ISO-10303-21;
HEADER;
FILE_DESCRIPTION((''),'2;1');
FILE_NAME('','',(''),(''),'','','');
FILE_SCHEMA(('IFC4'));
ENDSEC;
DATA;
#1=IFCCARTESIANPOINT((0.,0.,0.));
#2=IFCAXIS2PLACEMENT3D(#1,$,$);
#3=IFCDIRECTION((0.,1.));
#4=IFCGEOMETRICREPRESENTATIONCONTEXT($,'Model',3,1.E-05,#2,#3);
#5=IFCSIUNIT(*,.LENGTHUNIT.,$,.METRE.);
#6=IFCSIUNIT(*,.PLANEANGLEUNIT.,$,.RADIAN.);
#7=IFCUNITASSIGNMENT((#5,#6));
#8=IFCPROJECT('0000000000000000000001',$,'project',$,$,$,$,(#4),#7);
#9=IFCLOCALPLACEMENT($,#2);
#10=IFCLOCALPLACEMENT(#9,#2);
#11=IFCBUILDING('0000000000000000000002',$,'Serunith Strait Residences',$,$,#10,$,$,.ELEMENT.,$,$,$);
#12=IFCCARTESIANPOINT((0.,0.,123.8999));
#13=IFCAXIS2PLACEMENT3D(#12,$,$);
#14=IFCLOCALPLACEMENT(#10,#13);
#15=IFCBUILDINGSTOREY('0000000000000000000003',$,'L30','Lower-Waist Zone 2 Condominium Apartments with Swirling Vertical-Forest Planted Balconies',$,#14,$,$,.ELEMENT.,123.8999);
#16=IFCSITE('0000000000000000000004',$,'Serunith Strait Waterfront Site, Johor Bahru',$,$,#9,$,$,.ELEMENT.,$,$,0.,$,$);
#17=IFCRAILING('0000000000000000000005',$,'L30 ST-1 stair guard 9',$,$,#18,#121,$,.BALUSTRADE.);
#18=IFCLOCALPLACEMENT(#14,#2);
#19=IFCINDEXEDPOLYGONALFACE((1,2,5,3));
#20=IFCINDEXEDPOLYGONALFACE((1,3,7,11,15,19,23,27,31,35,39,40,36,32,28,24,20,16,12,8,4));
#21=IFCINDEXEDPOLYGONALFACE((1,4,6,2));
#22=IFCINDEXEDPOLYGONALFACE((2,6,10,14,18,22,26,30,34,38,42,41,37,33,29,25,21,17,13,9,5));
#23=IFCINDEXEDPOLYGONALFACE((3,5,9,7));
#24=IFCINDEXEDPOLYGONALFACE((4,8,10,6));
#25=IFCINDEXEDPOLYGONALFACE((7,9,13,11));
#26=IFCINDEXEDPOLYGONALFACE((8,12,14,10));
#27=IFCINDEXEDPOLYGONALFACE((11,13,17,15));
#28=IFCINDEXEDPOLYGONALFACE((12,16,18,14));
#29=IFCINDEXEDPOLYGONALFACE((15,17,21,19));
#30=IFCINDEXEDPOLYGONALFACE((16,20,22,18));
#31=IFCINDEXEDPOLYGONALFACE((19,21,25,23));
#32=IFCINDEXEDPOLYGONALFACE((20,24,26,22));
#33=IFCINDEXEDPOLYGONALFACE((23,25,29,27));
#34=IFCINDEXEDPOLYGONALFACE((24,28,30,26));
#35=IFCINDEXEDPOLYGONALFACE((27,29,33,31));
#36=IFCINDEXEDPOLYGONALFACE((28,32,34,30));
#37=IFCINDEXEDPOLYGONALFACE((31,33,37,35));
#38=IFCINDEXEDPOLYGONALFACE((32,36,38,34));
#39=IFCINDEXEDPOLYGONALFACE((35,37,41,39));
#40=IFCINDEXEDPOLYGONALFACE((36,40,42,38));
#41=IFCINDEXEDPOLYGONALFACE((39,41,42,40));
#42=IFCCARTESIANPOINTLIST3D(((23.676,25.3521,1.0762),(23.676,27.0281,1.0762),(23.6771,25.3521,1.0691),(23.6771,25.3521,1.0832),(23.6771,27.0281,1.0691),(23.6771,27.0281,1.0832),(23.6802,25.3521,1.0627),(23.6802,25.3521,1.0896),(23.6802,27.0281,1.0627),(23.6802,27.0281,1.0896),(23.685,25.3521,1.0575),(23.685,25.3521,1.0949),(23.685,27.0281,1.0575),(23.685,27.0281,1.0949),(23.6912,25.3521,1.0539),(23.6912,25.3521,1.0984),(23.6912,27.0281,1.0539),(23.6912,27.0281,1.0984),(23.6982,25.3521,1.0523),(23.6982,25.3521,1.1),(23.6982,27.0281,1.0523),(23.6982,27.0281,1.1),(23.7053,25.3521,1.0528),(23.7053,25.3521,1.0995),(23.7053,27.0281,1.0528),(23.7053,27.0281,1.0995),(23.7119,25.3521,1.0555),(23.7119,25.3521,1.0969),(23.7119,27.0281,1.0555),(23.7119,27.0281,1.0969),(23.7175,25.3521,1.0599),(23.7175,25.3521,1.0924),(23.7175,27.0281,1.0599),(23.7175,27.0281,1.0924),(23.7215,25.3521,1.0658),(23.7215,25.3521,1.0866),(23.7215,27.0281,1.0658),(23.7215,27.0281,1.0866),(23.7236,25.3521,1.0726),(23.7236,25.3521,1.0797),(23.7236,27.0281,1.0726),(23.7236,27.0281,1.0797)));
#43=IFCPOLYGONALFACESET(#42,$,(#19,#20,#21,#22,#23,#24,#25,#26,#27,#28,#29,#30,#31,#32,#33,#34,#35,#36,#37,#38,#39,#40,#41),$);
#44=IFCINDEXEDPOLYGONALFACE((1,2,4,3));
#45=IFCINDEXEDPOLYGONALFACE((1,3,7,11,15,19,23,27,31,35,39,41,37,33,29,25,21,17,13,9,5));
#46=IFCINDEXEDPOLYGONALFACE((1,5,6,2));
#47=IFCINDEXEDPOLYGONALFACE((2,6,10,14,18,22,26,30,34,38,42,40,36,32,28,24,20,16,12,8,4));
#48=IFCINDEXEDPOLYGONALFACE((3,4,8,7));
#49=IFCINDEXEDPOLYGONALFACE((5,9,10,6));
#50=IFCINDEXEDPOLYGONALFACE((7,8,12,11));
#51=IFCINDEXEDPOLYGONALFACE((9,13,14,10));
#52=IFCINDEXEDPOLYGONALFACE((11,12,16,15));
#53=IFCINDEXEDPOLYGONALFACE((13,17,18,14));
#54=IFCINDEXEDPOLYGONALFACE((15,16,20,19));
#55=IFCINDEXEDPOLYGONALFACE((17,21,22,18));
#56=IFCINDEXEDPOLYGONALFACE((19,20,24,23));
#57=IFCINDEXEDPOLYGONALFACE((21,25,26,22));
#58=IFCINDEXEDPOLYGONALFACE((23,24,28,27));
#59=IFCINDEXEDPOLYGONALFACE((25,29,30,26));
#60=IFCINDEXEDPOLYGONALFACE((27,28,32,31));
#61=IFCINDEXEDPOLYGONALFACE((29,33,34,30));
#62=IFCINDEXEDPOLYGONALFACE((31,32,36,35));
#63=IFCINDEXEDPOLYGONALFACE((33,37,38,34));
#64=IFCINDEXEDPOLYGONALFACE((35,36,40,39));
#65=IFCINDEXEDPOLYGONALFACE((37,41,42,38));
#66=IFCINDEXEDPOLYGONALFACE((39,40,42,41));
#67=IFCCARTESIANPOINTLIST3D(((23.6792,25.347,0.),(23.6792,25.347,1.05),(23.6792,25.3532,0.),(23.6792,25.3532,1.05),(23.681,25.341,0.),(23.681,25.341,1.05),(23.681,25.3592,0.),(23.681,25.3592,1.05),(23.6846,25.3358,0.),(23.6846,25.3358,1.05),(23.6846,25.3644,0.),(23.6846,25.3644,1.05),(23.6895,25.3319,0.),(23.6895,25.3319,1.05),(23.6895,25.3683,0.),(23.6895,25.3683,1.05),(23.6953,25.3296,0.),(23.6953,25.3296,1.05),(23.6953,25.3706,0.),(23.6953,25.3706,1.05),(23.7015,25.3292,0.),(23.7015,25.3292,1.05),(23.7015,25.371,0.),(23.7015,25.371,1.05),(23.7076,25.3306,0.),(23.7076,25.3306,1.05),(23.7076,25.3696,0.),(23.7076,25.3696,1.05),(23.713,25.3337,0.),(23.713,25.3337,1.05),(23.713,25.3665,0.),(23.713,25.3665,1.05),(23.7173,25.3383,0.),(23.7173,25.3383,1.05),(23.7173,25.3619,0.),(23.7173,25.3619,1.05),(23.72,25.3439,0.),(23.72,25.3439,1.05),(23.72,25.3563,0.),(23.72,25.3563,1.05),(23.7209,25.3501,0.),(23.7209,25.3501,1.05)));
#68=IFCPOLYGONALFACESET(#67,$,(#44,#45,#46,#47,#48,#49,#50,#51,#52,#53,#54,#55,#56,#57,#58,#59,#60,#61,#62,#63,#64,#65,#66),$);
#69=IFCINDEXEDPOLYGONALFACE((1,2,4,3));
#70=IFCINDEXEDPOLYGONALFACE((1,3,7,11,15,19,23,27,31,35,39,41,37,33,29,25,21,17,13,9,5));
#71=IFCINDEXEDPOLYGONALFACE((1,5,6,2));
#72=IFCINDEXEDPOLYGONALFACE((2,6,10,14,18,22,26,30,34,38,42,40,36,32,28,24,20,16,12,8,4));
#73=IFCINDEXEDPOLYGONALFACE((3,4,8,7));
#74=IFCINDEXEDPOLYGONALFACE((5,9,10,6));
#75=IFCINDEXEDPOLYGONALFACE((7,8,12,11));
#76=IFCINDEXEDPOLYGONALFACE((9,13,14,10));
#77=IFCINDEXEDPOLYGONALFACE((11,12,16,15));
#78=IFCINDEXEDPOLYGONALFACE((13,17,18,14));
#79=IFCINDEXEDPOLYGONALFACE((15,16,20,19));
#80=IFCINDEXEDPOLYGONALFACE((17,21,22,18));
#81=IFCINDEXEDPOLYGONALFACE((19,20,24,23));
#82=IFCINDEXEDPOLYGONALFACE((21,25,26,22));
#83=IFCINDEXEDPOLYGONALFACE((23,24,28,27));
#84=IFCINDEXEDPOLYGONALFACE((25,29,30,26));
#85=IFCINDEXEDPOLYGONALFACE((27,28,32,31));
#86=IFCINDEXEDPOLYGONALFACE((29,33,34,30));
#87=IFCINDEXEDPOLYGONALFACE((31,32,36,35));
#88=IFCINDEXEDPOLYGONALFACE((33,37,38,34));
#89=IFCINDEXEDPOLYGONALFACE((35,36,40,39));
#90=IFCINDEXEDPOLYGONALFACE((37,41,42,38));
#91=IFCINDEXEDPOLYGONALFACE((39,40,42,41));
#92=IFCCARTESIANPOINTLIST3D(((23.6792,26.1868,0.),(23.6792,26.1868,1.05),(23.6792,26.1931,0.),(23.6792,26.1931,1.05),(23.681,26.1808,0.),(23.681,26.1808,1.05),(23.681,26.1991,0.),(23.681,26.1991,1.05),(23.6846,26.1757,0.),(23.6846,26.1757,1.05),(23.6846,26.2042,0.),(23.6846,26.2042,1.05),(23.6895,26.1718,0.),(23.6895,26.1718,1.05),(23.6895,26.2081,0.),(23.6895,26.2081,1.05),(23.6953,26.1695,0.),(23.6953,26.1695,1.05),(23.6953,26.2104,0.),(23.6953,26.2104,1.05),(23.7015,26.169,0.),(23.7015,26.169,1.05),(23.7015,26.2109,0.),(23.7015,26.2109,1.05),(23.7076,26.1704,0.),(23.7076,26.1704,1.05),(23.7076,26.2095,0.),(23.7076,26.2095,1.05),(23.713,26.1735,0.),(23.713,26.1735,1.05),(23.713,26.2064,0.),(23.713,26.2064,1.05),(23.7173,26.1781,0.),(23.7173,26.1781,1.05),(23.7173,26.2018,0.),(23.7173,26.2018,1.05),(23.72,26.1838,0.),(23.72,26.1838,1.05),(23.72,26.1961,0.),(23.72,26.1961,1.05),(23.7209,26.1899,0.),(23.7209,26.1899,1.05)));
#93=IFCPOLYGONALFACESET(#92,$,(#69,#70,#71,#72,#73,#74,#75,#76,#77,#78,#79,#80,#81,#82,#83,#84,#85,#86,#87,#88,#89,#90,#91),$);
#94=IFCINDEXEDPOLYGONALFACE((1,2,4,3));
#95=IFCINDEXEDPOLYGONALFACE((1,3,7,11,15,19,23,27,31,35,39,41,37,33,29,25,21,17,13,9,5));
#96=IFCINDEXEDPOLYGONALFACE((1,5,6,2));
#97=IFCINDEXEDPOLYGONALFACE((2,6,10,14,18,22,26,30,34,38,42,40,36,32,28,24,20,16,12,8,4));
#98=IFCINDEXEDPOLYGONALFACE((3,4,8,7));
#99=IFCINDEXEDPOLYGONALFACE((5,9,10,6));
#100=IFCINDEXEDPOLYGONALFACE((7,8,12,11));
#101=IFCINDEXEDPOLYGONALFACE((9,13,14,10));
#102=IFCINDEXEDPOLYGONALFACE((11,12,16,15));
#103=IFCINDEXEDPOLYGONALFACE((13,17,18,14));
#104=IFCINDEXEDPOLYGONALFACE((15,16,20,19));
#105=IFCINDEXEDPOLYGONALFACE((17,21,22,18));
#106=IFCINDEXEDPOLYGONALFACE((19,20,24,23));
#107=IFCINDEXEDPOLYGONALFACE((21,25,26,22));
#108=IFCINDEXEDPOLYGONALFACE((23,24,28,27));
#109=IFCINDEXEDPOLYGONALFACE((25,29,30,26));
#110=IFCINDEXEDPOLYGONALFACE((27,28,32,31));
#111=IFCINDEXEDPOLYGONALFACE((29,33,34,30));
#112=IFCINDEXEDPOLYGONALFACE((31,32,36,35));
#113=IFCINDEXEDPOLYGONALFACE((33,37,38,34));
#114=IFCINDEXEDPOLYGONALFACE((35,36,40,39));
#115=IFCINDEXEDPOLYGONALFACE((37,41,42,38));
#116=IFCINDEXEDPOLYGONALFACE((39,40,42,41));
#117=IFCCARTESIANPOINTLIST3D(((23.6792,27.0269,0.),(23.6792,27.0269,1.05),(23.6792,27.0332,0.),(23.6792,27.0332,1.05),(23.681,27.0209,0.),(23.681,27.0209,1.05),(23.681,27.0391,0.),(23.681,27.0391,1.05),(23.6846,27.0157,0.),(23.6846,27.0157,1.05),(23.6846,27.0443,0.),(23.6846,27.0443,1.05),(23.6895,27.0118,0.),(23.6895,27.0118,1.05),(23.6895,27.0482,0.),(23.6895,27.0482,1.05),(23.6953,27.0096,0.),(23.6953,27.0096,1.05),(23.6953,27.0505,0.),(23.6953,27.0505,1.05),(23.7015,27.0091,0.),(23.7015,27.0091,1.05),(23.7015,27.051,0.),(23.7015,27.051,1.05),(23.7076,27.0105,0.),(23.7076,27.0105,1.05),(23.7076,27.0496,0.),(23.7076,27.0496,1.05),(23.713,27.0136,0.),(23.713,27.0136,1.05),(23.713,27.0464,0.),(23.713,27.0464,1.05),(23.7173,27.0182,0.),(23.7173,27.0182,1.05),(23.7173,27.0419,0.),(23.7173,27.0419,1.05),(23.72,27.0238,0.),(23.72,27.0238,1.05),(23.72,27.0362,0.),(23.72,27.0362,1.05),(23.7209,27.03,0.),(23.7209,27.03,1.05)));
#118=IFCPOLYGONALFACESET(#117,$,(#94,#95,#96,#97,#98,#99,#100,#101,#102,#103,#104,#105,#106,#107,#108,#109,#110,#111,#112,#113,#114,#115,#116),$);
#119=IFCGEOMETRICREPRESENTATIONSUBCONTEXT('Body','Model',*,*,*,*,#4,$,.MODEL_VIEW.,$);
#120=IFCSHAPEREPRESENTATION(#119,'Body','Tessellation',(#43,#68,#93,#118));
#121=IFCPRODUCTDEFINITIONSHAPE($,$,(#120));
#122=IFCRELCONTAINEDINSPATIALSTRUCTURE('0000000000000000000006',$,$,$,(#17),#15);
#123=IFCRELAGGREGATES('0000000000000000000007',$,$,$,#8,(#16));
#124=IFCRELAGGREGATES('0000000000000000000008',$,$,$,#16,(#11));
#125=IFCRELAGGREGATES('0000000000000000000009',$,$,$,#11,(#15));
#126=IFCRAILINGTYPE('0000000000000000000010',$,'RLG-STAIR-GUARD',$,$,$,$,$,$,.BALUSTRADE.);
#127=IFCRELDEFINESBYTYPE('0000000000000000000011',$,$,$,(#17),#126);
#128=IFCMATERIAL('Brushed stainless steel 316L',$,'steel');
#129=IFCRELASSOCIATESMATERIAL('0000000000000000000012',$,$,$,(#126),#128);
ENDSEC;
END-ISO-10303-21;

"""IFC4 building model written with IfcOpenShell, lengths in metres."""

from ifc_helpers import new_model, si_unit, direction, frame, origin, origin_2d, place, context, subcontext, project, spatial, circle, extrude, material, type_object, element, save


model = new_model("IFC4")

# Units and contexts
model_context = context("Model", 3, precision=1e-05, world=origin(), true_north=direction((0.0, 1.0)))
body_context = subcontext(model_context, "Body", "Model", "MODEL_VIEW")
ifc_project = project(units=[si_unit("LENGTHUNIT", "METRE"), si_unit("PLANEANGLEUNIT", "RADIAN")], contexts=[model_context])

# Site, building, storey
site_placement = place(None, origin())
site = spatial("IfcSite", under=ifc_project, at=site_placement, Name="Serunith Strait Waterfront Site, Johor Bahru", CompositionType="ELEMENT", RefElevation=0.0)
building_placement = place(site_placement, origin())
building = spatial("IfcBuilding", under=site, at=building_placement, Name="Serunith Strait Residences", CompositionType="ELEMENT")
storey_placement = place(building_placement, frame((0.0, 0.0, 123.8999)))
storey = spatial("IfcBuildingStorey", under=building, at=storey_placement, Name="L30", Description="Lower-Waist Zone 2 Condominium Apartments with Swirling Vertical-Forest Planted Balconies", CompositionType="ELEMENT", Elevation=123.8999)

# Railing
ifc_material_1 = material(Name="Brushed stainless steel 316L", Category="steel")
railing_type_1 = type_object("IfcRailingType", Name="RLG-STAIR-GUARD", PredefinedType="BALUSTRADE", material=ifc_material_1)
for number, where, name in (
    (1, (23.7, 25.3501, 0.0), "L30 ST-1 stair guard 9"),
):
    element("IfcRailing", number, at=place(storey_placement, frame(where)), inside=storey, type_object=railing_type_1, Name=name, PredefinedType="BALUSTRADE", context=body_context, shape_type="SweptSolid", body=[
        extrude(circle(Radius=0.0239, at=origin_2d()), frame((0.0, 0.002, 1.0762), z_axis=(0.0, 1.0, 0.0), x_axis=(-1.0, 0.0, 0.0)), (0.0, 0.0, 1.0), 1.676),
        extrude(circle(Radius=0.021, at=origin_2d()), origin(), (0.0, 0.0, 1.0), 1.05),
        extrude(circle(Radius=0.021, at=origin_2d()), frame((0.0, 0.8398, 0.0)), (0.0, 0.0, 1.0), 1.05),
        extrude(circle(Radius=0.021, at=origin_2d()), frame((0.0, 1.6799, 0.0)), (0.0, 0.0, 1.0), 1.05),
    ])

save(model, "model.ifc")
